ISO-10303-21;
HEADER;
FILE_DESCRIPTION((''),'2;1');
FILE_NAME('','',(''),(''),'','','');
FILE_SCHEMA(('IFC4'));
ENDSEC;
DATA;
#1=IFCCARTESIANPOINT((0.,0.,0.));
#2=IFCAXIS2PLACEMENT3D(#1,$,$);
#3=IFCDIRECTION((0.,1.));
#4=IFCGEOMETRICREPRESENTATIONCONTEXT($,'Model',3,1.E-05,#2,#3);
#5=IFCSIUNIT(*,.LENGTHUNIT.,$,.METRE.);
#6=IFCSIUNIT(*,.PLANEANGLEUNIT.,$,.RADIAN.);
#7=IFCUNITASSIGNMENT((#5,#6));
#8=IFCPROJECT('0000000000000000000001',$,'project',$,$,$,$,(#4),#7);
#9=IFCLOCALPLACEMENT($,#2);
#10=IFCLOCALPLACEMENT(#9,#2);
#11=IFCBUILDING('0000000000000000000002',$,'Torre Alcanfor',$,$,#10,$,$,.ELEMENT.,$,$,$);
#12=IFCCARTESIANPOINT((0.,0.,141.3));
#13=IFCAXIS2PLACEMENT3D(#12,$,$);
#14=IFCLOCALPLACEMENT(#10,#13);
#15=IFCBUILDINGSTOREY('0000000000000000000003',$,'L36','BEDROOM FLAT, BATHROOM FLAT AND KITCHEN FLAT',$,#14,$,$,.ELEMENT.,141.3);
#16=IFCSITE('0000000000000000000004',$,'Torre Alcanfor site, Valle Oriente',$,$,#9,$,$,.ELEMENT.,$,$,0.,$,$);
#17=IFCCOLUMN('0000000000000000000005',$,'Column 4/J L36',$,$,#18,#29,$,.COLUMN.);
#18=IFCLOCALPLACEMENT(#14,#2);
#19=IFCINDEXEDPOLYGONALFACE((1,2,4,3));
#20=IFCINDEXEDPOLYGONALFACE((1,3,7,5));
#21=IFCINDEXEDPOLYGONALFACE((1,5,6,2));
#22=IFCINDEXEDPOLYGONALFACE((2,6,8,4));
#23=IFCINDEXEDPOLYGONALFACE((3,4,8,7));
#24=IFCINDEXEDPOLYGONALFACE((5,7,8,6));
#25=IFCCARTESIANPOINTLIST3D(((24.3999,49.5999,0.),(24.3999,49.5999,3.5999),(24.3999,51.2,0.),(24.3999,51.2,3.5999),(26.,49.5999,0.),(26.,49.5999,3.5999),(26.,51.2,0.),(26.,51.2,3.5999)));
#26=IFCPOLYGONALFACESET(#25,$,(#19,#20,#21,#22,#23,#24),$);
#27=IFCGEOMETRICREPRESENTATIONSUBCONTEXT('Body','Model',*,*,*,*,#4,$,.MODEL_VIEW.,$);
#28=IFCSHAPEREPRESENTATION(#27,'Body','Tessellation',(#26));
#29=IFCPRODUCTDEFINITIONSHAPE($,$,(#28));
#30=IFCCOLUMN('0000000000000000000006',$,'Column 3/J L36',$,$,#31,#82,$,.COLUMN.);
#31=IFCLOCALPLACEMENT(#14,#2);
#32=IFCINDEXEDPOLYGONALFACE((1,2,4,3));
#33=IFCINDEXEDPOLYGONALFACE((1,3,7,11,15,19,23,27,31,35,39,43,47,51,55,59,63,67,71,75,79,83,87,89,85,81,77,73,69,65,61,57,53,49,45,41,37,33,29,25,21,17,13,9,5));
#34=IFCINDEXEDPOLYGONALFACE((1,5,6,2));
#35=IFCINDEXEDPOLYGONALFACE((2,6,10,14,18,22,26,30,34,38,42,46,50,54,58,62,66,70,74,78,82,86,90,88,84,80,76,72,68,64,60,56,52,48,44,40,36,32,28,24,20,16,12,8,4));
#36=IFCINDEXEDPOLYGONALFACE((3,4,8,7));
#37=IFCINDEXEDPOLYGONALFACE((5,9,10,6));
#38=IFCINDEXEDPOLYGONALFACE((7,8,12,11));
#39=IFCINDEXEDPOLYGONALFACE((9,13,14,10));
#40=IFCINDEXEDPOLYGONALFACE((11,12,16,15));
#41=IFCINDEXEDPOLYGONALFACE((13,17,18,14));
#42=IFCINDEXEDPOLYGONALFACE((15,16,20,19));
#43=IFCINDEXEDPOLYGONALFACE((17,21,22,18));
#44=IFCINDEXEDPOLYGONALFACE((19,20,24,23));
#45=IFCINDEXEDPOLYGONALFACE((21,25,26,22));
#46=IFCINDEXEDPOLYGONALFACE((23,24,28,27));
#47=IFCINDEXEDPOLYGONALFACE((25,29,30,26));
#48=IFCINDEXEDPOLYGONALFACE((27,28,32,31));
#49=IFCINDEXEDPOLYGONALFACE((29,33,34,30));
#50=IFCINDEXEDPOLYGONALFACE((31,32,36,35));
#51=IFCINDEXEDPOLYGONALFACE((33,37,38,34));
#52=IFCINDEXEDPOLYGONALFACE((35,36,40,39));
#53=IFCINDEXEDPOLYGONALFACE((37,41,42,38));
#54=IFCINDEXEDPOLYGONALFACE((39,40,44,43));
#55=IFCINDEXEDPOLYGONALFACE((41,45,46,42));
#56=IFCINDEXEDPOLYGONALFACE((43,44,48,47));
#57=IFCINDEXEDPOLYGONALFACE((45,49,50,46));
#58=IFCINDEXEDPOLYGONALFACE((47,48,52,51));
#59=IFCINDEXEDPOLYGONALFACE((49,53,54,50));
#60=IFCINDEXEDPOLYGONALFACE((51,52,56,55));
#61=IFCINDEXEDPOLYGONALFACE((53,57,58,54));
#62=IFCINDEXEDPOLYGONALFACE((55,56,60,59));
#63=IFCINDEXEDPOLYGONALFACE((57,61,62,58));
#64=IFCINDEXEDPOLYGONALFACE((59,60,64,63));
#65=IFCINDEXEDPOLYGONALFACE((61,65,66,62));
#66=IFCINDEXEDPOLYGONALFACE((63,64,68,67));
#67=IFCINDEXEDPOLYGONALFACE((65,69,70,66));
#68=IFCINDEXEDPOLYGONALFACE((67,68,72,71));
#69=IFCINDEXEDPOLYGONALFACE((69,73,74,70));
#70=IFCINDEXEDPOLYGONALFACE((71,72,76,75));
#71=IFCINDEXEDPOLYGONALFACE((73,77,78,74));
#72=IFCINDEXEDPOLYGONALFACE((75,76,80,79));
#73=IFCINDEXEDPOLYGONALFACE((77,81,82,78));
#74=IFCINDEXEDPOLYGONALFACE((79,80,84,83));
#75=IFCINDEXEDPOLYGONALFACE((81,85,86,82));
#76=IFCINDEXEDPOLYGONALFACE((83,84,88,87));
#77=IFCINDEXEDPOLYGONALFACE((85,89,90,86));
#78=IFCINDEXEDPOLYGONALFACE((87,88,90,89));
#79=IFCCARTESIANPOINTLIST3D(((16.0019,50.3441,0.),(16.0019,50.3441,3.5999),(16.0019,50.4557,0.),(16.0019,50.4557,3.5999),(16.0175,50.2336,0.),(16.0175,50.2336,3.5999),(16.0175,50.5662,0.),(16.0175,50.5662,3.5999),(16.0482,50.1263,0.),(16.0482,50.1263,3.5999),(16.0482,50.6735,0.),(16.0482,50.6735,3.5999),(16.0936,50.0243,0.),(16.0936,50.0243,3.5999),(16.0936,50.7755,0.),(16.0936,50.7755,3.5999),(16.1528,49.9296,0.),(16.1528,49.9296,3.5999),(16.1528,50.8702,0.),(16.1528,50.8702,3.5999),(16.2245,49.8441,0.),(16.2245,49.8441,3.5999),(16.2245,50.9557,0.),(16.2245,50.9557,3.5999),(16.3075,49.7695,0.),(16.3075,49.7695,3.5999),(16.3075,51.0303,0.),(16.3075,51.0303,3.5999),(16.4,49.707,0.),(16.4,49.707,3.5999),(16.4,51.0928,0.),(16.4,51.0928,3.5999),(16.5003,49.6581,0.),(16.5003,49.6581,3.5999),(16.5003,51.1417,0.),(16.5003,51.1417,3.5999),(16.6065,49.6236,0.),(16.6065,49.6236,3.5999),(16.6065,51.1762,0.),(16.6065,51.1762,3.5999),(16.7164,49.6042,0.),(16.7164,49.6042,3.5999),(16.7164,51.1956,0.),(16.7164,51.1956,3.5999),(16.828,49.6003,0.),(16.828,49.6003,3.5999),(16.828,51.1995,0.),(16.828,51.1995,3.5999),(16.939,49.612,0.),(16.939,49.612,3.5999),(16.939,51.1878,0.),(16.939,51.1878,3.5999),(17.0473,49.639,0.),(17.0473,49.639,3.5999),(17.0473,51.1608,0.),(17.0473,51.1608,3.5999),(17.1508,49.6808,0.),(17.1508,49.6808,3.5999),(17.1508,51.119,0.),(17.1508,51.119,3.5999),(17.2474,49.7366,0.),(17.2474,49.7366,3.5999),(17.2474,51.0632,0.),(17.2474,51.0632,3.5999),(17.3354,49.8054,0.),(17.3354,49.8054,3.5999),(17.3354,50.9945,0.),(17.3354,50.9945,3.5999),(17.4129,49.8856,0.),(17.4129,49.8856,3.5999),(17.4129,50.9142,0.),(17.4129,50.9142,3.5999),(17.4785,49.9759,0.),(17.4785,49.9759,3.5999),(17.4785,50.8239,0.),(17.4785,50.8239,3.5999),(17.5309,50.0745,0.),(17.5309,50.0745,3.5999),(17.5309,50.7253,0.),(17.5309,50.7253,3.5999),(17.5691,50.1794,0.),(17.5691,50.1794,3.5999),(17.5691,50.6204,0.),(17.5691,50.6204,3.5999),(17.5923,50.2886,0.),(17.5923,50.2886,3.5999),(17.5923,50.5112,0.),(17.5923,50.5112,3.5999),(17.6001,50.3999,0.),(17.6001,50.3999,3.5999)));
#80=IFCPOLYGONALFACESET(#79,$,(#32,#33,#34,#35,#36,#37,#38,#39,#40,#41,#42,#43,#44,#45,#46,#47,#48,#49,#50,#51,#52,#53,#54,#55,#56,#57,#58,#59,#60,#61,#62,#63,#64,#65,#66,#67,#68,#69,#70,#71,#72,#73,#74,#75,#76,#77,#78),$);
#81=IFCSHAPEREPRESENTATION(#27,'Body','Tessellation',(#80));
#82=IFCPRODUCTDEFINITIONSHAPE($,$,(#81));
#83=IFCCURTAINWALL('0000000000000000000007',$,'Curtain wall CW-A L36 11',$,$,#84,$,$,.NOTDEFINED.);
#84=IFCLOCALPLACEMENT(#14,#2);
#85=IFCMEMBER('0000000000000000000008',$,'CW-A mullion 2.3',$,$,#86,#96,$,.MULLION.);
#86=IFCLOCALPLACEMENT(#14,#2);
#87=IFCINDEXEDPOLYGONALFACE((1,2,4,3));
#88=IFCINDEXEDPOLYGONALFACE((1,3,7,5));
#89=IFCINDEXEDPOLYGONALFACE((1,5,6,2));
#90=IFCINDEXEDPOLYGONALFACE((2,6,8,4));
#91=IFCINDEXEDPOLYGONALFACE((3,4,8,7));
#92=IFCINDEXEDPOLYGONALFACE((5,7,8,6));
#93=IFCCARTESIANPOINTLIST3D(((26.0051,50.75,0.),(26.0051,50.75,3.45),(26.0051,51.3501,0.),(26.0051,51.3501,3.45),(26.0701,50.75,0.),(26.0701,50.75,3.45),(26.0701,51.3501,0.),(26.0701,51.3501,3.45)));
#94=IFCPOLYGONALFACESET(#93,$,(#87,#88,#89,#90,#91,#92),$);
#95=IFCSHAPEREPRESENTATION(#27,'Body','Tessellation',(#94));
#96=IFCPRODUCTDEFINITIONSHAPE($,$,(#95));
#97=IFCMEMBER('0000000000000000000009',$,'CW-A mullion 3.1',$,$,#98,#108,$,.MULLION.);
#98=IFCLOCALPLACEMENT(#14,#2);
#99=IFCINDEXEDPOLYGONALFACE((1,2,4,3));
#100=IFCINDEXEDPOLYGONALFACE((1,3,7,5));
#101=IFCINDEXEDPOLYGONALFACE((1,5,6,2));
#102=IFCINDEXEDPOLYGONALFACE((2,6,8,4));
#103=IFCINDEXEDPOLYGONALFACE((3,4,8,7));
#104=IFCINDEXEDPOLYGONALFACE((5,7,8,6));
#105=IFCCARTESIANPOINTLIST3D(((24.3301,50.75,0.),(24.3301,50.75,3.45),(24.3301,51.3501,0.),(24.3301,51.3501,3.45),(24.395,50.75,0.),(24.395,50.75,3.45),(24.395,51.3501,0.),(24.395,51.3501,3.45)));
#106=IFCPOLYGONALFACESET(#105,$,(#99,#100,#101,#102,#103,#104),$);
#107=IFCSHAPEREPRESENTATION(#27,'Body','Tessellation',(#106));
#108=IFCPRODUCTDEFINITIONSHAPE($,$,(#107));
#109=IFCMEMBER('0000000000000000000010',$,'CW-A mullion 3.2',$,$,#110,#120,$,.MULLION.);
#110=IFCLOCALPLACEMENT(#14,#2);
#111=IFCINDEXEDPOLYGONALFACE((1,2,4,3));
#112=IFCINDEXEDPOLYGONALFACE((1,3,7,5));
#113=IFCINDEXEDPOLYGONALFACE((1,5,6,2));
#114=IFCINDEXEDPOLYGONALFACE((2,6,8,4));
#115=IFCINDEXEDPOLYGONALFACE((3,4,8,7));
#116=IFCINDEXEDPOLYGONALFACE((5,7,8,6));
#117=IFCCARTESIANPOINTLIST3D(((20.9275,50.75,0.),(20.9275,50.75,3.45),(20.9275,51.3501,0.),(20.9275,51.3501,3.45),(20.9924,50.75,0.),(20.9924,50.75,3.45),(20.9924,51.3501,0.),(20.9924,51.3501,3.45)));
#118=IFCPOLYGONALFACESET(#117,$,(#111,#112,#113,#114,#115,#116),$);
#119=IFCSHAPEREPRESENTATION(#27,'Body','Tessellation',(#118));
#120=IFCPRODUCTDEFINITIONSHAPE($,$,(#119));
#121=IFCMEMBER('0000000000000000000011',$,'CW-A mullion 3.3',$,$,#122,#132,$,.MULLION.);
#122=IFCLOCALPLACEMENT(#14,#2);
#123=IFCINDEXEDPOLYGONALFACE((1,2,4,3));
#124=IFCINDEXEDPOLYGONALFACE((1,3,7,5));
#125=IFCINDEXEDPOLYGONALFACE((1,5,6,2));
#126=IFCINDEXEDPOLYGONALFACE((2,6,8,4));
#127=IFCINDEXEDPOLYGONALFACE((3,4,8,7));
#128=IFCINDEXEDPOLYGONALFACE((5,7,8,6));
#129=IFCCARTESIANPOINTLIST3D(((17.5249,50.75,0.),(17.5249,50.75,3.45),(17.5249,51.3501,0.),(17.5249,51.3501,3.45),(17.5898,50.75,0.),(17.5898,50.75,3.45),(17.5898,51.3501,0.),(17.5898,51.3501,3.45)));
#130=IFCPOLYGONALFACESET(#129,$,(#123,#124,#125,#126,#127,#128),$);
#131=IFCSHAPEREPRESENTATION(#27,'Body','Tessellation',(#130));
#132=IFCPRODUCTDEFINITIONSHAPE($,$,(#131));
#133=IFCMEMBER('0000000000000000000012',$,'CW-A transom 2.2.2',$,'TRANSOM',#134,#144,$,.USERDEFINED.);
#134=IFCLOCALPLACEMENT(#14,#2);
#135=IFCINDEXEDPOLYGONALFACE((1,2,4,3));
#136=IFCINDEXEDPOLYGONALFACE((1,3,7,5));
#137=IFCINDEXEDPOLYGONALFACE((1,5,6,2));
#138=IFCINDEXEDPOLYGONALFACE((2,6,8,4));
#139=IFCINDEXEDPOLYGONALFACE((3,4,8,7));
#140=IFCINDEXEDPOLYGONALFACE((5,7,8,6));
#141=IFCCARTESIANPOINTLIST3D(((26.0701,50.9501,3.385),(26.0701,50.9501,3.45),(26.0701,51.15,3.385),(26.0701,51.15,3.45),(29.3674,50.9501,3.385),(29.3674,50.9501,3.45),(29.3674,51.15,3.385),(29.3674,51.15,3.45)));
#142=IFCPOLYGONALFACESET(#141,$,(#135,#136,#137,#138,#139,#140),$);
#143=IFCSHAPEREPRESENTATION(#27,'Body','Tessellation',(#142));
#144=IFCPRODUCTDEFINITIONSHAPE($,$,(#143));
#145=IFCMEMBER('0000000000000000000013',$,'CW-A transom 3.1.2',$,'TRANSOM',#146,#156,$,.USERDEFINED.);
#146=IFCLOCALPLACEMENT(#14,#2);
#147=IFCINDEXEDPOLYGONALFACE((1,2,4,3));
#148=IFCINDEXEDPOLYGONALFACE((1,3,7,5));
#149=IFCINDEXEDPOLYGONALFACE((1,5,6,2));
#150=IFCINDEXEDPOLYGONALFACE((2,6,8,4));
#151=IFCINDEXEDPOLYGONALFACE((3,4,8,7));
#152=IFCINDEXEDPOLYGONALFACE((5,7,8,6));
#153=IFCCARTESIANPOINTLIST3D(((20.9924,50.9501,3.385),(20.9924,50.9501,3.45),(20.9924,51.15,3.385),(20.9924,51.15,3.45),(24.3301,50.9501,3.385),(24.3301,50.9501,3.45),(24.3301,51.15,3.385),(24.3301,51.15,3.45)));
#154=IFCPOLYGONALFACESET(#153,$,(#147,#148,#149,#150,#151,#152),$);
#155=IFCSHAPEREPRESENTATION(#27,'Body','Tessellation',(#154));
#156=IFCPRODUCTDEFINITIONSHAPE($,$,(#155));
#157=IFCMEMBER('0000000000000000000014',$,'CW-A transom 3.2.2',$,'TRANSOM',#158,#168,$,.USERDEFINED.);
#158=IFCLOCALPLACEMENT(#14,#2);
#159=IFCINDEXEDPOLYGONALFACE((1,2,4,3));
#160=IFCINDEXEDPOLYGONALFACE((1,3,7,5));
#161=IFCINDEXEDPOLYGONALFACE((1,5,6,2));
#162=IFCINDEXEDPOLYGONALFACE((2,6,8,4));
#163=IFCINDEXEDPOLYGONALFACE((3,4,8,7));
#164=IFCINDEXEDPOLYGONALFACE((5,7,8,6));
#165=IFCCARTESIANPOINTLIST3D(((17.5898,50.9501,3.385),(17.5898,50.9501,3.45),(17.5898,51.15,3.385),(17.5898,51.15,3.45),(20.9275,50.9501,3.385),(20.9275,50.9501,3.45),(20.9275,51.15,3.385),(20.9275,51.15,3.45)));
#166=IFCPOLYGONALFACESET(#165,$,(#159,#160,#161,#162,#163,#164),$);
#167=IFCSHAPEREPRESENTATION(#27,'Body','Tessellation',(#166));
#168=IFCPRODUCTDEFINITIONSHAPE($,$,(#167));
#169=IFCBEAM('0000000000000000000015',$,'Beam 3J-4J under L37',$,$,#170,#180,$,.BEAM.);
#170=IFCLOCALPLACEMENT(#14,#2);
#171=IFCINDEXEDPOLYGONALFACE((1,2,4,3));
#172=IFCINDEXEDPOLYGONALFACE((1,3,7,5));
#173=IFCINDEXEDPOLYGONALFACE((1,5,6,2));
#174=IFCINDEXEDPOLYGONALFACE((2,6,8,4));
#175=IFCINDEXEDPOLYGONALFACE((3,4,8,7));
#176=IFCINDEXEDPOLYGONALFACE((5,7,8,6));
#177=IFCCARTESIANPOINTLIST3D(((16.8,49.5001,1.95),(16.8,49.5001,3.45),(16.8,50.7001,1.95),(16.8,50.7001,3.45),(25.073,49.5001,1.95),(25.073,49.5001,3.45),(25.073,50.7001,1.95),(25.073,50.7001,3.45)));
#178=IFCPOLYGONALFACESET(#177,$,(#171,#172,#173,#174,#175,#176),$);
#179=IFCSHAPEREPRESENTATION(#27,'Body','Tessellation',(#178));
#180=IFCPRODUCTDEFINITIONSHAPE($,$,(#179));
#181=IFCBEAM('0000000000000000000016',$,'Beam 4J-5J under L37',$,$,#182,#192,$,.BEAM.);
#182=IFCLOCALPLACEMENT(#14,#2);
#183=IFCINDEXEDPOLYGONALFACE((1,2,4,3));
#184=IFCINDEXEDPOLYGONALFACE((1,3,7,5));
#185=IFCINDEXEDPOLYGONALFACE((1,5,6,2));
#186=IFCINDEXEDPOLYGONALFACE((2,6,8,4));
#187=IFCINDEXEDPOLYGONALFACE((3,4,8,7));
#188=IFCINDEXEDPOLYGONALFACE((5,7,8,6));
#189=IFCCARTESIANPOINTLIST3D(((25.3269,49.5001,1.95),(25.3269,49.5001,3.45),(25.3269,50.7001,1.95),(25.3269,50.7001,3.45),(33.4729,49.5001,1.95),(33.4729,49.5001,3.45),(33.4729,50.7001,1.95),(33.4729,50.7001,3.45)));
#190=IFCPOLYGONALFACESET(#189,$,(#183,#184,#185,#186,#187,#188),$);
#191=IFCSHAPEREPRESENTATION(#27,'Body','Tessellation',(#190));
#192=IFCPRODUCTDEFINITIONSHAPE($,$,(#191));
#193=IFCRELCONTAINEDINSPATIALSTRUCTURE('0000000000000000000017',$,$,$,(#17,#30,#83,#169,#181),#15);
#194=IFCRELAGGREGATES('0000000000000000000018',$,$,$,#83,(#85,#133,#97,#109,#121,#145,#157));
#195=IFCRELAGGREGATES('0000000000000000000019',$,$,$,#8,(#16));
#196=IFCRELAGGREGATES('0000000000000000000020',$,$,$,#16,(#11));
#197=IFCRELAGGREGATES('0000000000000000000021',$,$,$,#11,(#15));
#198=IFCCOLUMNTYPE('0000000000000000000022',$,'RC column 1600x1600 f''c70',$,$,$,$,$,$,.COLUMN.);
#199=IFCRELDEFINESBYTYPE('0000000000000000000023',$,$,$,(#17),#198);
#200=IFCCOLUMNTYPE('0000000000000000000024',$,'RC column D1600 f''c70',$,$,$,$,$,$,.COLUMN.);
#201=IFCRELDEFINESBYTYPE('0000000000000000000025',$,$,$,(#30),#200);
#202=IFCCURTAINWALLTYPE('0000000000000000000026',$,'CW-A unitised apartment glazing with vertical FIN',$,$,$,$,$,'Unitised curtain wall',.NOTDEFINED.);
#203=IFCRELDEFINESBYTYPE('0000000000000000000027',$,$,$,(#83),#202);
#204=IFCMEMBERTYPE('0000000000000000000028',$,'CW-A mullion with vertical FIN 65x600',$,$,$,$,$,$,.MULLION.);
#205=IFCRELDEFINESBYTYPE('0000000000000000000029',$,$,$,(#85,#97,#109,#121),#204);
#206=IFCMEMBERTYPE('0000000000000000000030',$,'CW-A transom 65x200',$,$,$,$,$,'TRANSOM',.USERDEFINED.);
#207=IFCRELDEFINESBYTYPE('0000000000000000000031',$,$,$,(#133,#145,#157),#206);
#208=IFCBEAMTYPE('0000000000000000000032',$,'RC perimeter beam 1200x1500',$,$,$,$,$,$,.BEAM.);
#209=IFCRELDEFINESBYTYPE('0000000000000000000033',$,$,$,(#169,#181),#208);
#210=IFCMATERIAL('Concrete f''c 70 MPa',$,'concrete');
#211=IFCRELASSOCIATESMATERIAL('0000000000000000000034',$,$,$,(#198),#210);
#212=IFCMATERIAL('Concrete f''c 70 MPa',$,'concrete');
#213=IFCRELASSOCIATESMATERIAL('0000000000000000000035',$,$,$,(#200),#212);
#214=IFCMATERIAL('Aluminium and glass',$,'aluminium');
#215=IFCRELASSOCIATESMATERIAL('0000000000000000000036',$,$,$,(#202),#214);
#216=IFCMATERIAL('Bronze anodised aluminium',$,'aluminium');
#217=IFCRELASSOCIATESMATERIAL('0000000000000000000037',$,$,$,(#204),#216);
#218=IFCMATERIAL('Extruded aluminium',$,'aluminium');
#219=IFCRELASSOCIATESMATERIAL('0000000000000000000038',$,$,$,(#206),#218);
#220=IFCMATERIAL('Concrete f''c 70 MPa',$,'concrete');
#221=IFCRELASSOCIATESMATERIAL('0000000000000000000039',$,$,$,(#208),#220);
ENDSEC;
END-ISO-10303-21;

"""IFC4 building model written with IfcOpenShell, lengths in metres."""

from ifc_helpers import new_model, si_unit, direction, frame, origin, origin_2d, place, context, subcontext, project, spatial, rectangle, circle, extrude, material, material_profile, profile_set, type_object, element, aggregate, save


model = new_model("IFC4")

# Units and contexts
model_context = context("Model", 3, precision=1e-05, world=origin(), true_north=direction((0.0, 1.0)))
body_context = subcontext(model_context, "Body", "Model", "MODEL_VIEW")
ifc_project = project(units=[si_unit("LENGTHUNIT", "METRE"), si_unit("PLANEANGLEUNIT", "RADIAN")], contexts=[model_context])

# Site, building, storey
site_placement = place(None, origin())
site = spatial("IfcSite", under=ifc_project, at=site_placement, Name="Torre Alcanfor site, Valle Oriente", CompositionType="ELEMENT", RefElevation=0.0)
building_placement = place(site_placement, origin())
building = spatial("IfcBuilding", under=site, at=building_placement, Name="Torre Alcanfor", CompositionType="ELEMENT")
storey_placement = place(building_placement, frame((0.0, 0.0, 141.3)))
storey = spatial("IfcBuildingStorey", under=building, at=storey_placement, Name="L36", Description="BEDROOM FLAT, BATHROOM FLAT AND KITCHEN FLAT", CompositionType="ELEMENT", Elevation=141.3)

# Columns
ifc_material_1 = material(Name="Concrete f'c 70 MPa", Category="concrete")
ifc_material_profile_1 = material_profile(ifc_material_1, rectangle(XDim=1.6001, YDim=1.6001, at=origin_2d()), Name="1600x1600")
ifc_profile_set_1 = profile_set([ifc_material_profile_1], Name="Concrete f'c 70 MPa")
column_type_1 = type_object("IfcColumnType", Name="RC column 1600x1600 f'c70", PredefinedType="COLUMN", material=ifc_profile_set_1)
column_1_placement = place(storey_placement, frame((25.2, 50.3999, 0.0), z_axis=(0.0, 0.0, 1.0), x_axis=(1.0, 0.0, 0.0)))
element("IfcColumn", 1, at=column_1_placement, inside=storey, type_object=column_type_1, Name="Column 4/J L36", PredefinedType="COLUMN", context=body_context, shape_type="SweptSolid", body=[
    extrude(rectangle(XDim=1.6001, YDim=1.6001, at=origin_2d()), origin(), (0.0, 0.0, 1.0), 3.5999),
])
ifc_material_2 = material(Name="Concrete f'c 70 MPa", Category="concrete")
ifc_material_profile_2 = material_profile(ifc_material_2, circle(Radius=0.8, at=origin_2d()), Name="D1600")
ifc_profile_set_2 = profile_set([ifc_material_profile_2], Name="Concrete f'c 70 MPa")
column_type_2 = type_object("IfcColumnType", Name="RC column D1600 f'c70", PredefinedType="COLUMN", material=ifc_profile_set_2)
column_2_placement = place(storey_placement, frame((16.8, 50.3999, 0.0), z_axis=(0.0, 0.0, 1.0), x_axis=(1.0, 0.0, 0.0)))
element("IfcColumn", 2, at=column_2_placement, inside=storey, type_object=column_type_2, Name="Column 3/J L36", PredefinedType="COLUMN", context=body_context, shape_type="SweptSolid", body=[
    extrude(circle(Radius=0.8, at=origin_2d()), origin(), (0.0, 0.0, 1.0), 3.5999),
])

# Curtain wall, members
ifc_material_3 = material(Name="Aluminium and glass", Category="aluminium")
curtain_wall_type = type_object("IfcCurtainWallType", Name="CW-A unitised apartment glazing with vertical FIN", ElementType="Unitised curtain wall", PredefinedType="NOTDEFINED", material=ifc_material_3)
curtain_wall_placement = place(storey_placement, origin())
curtain_wall = element("IfcCurtainWall", 3, at=curtain_wall_placement, inside=storey, type_object=curtain_wall_type, Name="Curtain wall CW-A L36 11", PredefinedType="NOTDEFINED")
ifc_material_4 = material(Name="Bronze anodised aluminium", Category="aluminium")
ifc_material_profile_3 = material_profile(ifc_material_4, rectangle(XDim=0.6001, YDim=0.0649, at=origin_2d()), Name="CW-A mullion 65x600")
ifc_profile_set_3 = profile_set([ifc_material_profile_3], Name="Bronze anodised aluminium")
member_type_1 = type_object("IfcMemberType", Name="CW-A mullion with vertical FIN 65x600", PredefinedType="MULLION", material=ifc_profile_set_3)
member_1_placement = place(storey_placement, frame((26.0376, 51.05, 0.0), z_axis=(0.0, 0.0, 1.0), x_axis=(0.0, -1.0, 0.0)))
member_1 = element("IfcMember", 4, at=member_1_placement, type_object=member_type_1, Name="CW-A mullion 2.3", PredefinedType="MULLION", context=body_context, shape_type="SweptSolid", body=[
    extrude(rectangle(XDim=0.6001, YDim=0.0649, at=origin_2d()), origin(), (0.0, 0.0, 1.0), 3.45),
])
member_2_placement = place(storey_placement, frame((24.3625, 51.05, 0.0), z_axis=(0.0, 0.0, 1.0), x_axis=(0.0, -1.0, 0.0)))
member_2 = element("IfcMember", 5, at=member_2_placement, type_object=member_type_1, Name="CW-A mullion 3.1", PredefinedType="MULLION", context=body_context, shape_type="SweptSolid", body=[
    extrude(rectangle(XDim=0.6001, YDim=0.0649, at=origin_2d()), origin(), (0.0, 0.0, 1.0), 3.45),
])
member_3_placement = place(storey_placement, frame((20.96, 51.05, 0.0), z_axis=(0.0, 0.0, 1.0), x_axis=(0.0, -1.0, 0.0)))
member_3 = element("IfcMember", 6, at=member_3_placement, type_object=member_type_1, Name="CW-A mullion 3.2", PredefinedType="MULLION", context=body_context, shape_type="SweptSolid", body=[
    extrude(rectangle(XDim=0.6001, YDim=0.0649, at=origin_2d()), origin(), (0.0, 0.0, 1.0), 3.45),
])
member_4_placement = place(storey_placement, frame((17.5574, 51.05, 0.0), z_axis=(0.0, 0.0, 1.0), x_axis=(0.0, -1.0, 0.0)))
member_4 = element("IfcMember", 7, at=member_4_placement, type_object=member_type_1, Name="CW-A mullion 3.3", PredefinedType="MULLION", context=body_context, shape_type="SweptSolid", body=[
    extrude(rectangle(XDim=0.6001, YDim=0.0649, at=origin_2d()), origin(), (0.0, 0.0, 1.0), 3.45),
])
ifc_material_5 = material(Name="Extruded aluminium", Category="aluminium")
ifc_material_profile_4 = material_profile(ifc_material_5, rectangle(XDim=0.2, YDim=0.0649, at=origin_2d()), Name="CW-A transom 200x65")
ifc_profile_set_4 = profile_set([ifc_material_profile_4], Name="Extruded aluminium")
member_type_2 = type_object("IfcMemberType", Name="CW-A transom 65x200", ElementType="TRANSOM", PredefinedType="USERDEFINED", material=ifc_profile_set_4)
member_5_placement = place(storey_placement, frame((29.3674, 51.05, 3.4175), z_axis=(-1.0, 0.0, 0.0), x_axis=(0.0, -1.0, 0.0)))
member_5 = element("IfcMember", 8, at=member_5_placement, type_object=member_type_2, Name="CW-A transom 2.2.2", ObjectType="TRANSOM", PredefinedType="USERDEFINED", context=body_context, shape_type="SweptSolid", body=[
    extrude(rectangle(XDim=0.2, YDim=0.0649, at=origin_2d()), origin(), (0.0, 0.0, 1.0), 3.2974),
])
member_6_placement = place(storey_placement, frame((24.3301, 51.05, 3.4175), z_axis=(-1.0, 0.0, 0.0), x_axis=(0.0, -1.0, 0.0)))
member_6 = element("IfcMember", 9, at=member_6_placement, type_object=member_type_2, Name="CW-A transom 3.1.2", ObjectType="TRANSOM", PredefinedType="USERDEFINED", context=body_context, shape_type="SweptSolid", body=[
    extrude(rectangle(XDim=0.2, YDim=0.0649, at=origin_2d()), origin(), (0.0, 0.0, 1.0), 3.3376),
])
member_7_placement = place(storey_placement, frame((20.9275, 51.05, 3.4175), z_axis=(-1.0, 0.0, 0.0), x_axis=(0.0, -1.0, 0.0)))
member_7 = element("IfcMember", 10, at=member_7_placement, type_object=member_type_2, Name="CW-A transom 3.2.2", ObjectType="TRANSOM", PredefinedType="USERDEFINED", context=body_context, shape_type="SweptSolid", body=[
    extrude(rectangle(XDim=0.2, YDim=0.0649, at=origin_2d()), origin(), (0.0, 0.0, 1.0), 3.3376),
])

# Beams
ifc_material_6 = material(Name="Concrete f'c 70 MPa", Category="concrete")
ifc_material_profile_5 = material_profile(ifc_material_6, rectangle(XDim=1.2, YDim=1.5, at=origin_2d()), Name="1200x1500")
ifc_profile_set_5 = profile_set([ifc_material_profile_5], Name="Concrete f'c 70 MPa")
beam_type = type_object("IfcBeamType", Name="RC perimeter beam 1200x1500", PredefinedType="BEAM", material=ifc_profile_set_5)
beam_1_placement = place(storey_placement, frame((16.8, 50.1001, 2.7), z_axis=(1.0, 0.0, 0.0), x_axis=(0.0, 1.0, 0.0)))
element("IfcBeam", 11, at=beam_1_placement, inside=storey, type_object=beam_type, Name="Beam 3J-4J under L37", PredefinedType="BEAM", context=body_context, shape_type="SweptSolid", body=[
    extrude(rectangle(XDim=1.2, YDim=1.5, at=origin_2d()), origin(), (0.0, 0.0, 1.0), 8.2729),
])
beam_2_placement = place(storey_placement, frame((25.3269, 50.1001, 2.7), z_axis=(1.0, 0.0, 0.0), x_axis=(0.0, 1.0, 0.0)))
element("IfcBeam", 12, at=beam_2_placement, inside=storey, type_object=beam_type, Name="Beam 4J-5J under L37", PredefinedType="BEAM", context=body_context, shape_type="SweptSolid", body=[
    extrude(rectangle(XDim=1.2, YDim=1.5, at=origin_2d()), origin(), (0.0, 0.0, 1.0), 8.146),
])

aggregate(curtain_wall, [member_1, member_5, member_2, member_3, member_4, member_6, member_7])

save(model, "model.ifc")
